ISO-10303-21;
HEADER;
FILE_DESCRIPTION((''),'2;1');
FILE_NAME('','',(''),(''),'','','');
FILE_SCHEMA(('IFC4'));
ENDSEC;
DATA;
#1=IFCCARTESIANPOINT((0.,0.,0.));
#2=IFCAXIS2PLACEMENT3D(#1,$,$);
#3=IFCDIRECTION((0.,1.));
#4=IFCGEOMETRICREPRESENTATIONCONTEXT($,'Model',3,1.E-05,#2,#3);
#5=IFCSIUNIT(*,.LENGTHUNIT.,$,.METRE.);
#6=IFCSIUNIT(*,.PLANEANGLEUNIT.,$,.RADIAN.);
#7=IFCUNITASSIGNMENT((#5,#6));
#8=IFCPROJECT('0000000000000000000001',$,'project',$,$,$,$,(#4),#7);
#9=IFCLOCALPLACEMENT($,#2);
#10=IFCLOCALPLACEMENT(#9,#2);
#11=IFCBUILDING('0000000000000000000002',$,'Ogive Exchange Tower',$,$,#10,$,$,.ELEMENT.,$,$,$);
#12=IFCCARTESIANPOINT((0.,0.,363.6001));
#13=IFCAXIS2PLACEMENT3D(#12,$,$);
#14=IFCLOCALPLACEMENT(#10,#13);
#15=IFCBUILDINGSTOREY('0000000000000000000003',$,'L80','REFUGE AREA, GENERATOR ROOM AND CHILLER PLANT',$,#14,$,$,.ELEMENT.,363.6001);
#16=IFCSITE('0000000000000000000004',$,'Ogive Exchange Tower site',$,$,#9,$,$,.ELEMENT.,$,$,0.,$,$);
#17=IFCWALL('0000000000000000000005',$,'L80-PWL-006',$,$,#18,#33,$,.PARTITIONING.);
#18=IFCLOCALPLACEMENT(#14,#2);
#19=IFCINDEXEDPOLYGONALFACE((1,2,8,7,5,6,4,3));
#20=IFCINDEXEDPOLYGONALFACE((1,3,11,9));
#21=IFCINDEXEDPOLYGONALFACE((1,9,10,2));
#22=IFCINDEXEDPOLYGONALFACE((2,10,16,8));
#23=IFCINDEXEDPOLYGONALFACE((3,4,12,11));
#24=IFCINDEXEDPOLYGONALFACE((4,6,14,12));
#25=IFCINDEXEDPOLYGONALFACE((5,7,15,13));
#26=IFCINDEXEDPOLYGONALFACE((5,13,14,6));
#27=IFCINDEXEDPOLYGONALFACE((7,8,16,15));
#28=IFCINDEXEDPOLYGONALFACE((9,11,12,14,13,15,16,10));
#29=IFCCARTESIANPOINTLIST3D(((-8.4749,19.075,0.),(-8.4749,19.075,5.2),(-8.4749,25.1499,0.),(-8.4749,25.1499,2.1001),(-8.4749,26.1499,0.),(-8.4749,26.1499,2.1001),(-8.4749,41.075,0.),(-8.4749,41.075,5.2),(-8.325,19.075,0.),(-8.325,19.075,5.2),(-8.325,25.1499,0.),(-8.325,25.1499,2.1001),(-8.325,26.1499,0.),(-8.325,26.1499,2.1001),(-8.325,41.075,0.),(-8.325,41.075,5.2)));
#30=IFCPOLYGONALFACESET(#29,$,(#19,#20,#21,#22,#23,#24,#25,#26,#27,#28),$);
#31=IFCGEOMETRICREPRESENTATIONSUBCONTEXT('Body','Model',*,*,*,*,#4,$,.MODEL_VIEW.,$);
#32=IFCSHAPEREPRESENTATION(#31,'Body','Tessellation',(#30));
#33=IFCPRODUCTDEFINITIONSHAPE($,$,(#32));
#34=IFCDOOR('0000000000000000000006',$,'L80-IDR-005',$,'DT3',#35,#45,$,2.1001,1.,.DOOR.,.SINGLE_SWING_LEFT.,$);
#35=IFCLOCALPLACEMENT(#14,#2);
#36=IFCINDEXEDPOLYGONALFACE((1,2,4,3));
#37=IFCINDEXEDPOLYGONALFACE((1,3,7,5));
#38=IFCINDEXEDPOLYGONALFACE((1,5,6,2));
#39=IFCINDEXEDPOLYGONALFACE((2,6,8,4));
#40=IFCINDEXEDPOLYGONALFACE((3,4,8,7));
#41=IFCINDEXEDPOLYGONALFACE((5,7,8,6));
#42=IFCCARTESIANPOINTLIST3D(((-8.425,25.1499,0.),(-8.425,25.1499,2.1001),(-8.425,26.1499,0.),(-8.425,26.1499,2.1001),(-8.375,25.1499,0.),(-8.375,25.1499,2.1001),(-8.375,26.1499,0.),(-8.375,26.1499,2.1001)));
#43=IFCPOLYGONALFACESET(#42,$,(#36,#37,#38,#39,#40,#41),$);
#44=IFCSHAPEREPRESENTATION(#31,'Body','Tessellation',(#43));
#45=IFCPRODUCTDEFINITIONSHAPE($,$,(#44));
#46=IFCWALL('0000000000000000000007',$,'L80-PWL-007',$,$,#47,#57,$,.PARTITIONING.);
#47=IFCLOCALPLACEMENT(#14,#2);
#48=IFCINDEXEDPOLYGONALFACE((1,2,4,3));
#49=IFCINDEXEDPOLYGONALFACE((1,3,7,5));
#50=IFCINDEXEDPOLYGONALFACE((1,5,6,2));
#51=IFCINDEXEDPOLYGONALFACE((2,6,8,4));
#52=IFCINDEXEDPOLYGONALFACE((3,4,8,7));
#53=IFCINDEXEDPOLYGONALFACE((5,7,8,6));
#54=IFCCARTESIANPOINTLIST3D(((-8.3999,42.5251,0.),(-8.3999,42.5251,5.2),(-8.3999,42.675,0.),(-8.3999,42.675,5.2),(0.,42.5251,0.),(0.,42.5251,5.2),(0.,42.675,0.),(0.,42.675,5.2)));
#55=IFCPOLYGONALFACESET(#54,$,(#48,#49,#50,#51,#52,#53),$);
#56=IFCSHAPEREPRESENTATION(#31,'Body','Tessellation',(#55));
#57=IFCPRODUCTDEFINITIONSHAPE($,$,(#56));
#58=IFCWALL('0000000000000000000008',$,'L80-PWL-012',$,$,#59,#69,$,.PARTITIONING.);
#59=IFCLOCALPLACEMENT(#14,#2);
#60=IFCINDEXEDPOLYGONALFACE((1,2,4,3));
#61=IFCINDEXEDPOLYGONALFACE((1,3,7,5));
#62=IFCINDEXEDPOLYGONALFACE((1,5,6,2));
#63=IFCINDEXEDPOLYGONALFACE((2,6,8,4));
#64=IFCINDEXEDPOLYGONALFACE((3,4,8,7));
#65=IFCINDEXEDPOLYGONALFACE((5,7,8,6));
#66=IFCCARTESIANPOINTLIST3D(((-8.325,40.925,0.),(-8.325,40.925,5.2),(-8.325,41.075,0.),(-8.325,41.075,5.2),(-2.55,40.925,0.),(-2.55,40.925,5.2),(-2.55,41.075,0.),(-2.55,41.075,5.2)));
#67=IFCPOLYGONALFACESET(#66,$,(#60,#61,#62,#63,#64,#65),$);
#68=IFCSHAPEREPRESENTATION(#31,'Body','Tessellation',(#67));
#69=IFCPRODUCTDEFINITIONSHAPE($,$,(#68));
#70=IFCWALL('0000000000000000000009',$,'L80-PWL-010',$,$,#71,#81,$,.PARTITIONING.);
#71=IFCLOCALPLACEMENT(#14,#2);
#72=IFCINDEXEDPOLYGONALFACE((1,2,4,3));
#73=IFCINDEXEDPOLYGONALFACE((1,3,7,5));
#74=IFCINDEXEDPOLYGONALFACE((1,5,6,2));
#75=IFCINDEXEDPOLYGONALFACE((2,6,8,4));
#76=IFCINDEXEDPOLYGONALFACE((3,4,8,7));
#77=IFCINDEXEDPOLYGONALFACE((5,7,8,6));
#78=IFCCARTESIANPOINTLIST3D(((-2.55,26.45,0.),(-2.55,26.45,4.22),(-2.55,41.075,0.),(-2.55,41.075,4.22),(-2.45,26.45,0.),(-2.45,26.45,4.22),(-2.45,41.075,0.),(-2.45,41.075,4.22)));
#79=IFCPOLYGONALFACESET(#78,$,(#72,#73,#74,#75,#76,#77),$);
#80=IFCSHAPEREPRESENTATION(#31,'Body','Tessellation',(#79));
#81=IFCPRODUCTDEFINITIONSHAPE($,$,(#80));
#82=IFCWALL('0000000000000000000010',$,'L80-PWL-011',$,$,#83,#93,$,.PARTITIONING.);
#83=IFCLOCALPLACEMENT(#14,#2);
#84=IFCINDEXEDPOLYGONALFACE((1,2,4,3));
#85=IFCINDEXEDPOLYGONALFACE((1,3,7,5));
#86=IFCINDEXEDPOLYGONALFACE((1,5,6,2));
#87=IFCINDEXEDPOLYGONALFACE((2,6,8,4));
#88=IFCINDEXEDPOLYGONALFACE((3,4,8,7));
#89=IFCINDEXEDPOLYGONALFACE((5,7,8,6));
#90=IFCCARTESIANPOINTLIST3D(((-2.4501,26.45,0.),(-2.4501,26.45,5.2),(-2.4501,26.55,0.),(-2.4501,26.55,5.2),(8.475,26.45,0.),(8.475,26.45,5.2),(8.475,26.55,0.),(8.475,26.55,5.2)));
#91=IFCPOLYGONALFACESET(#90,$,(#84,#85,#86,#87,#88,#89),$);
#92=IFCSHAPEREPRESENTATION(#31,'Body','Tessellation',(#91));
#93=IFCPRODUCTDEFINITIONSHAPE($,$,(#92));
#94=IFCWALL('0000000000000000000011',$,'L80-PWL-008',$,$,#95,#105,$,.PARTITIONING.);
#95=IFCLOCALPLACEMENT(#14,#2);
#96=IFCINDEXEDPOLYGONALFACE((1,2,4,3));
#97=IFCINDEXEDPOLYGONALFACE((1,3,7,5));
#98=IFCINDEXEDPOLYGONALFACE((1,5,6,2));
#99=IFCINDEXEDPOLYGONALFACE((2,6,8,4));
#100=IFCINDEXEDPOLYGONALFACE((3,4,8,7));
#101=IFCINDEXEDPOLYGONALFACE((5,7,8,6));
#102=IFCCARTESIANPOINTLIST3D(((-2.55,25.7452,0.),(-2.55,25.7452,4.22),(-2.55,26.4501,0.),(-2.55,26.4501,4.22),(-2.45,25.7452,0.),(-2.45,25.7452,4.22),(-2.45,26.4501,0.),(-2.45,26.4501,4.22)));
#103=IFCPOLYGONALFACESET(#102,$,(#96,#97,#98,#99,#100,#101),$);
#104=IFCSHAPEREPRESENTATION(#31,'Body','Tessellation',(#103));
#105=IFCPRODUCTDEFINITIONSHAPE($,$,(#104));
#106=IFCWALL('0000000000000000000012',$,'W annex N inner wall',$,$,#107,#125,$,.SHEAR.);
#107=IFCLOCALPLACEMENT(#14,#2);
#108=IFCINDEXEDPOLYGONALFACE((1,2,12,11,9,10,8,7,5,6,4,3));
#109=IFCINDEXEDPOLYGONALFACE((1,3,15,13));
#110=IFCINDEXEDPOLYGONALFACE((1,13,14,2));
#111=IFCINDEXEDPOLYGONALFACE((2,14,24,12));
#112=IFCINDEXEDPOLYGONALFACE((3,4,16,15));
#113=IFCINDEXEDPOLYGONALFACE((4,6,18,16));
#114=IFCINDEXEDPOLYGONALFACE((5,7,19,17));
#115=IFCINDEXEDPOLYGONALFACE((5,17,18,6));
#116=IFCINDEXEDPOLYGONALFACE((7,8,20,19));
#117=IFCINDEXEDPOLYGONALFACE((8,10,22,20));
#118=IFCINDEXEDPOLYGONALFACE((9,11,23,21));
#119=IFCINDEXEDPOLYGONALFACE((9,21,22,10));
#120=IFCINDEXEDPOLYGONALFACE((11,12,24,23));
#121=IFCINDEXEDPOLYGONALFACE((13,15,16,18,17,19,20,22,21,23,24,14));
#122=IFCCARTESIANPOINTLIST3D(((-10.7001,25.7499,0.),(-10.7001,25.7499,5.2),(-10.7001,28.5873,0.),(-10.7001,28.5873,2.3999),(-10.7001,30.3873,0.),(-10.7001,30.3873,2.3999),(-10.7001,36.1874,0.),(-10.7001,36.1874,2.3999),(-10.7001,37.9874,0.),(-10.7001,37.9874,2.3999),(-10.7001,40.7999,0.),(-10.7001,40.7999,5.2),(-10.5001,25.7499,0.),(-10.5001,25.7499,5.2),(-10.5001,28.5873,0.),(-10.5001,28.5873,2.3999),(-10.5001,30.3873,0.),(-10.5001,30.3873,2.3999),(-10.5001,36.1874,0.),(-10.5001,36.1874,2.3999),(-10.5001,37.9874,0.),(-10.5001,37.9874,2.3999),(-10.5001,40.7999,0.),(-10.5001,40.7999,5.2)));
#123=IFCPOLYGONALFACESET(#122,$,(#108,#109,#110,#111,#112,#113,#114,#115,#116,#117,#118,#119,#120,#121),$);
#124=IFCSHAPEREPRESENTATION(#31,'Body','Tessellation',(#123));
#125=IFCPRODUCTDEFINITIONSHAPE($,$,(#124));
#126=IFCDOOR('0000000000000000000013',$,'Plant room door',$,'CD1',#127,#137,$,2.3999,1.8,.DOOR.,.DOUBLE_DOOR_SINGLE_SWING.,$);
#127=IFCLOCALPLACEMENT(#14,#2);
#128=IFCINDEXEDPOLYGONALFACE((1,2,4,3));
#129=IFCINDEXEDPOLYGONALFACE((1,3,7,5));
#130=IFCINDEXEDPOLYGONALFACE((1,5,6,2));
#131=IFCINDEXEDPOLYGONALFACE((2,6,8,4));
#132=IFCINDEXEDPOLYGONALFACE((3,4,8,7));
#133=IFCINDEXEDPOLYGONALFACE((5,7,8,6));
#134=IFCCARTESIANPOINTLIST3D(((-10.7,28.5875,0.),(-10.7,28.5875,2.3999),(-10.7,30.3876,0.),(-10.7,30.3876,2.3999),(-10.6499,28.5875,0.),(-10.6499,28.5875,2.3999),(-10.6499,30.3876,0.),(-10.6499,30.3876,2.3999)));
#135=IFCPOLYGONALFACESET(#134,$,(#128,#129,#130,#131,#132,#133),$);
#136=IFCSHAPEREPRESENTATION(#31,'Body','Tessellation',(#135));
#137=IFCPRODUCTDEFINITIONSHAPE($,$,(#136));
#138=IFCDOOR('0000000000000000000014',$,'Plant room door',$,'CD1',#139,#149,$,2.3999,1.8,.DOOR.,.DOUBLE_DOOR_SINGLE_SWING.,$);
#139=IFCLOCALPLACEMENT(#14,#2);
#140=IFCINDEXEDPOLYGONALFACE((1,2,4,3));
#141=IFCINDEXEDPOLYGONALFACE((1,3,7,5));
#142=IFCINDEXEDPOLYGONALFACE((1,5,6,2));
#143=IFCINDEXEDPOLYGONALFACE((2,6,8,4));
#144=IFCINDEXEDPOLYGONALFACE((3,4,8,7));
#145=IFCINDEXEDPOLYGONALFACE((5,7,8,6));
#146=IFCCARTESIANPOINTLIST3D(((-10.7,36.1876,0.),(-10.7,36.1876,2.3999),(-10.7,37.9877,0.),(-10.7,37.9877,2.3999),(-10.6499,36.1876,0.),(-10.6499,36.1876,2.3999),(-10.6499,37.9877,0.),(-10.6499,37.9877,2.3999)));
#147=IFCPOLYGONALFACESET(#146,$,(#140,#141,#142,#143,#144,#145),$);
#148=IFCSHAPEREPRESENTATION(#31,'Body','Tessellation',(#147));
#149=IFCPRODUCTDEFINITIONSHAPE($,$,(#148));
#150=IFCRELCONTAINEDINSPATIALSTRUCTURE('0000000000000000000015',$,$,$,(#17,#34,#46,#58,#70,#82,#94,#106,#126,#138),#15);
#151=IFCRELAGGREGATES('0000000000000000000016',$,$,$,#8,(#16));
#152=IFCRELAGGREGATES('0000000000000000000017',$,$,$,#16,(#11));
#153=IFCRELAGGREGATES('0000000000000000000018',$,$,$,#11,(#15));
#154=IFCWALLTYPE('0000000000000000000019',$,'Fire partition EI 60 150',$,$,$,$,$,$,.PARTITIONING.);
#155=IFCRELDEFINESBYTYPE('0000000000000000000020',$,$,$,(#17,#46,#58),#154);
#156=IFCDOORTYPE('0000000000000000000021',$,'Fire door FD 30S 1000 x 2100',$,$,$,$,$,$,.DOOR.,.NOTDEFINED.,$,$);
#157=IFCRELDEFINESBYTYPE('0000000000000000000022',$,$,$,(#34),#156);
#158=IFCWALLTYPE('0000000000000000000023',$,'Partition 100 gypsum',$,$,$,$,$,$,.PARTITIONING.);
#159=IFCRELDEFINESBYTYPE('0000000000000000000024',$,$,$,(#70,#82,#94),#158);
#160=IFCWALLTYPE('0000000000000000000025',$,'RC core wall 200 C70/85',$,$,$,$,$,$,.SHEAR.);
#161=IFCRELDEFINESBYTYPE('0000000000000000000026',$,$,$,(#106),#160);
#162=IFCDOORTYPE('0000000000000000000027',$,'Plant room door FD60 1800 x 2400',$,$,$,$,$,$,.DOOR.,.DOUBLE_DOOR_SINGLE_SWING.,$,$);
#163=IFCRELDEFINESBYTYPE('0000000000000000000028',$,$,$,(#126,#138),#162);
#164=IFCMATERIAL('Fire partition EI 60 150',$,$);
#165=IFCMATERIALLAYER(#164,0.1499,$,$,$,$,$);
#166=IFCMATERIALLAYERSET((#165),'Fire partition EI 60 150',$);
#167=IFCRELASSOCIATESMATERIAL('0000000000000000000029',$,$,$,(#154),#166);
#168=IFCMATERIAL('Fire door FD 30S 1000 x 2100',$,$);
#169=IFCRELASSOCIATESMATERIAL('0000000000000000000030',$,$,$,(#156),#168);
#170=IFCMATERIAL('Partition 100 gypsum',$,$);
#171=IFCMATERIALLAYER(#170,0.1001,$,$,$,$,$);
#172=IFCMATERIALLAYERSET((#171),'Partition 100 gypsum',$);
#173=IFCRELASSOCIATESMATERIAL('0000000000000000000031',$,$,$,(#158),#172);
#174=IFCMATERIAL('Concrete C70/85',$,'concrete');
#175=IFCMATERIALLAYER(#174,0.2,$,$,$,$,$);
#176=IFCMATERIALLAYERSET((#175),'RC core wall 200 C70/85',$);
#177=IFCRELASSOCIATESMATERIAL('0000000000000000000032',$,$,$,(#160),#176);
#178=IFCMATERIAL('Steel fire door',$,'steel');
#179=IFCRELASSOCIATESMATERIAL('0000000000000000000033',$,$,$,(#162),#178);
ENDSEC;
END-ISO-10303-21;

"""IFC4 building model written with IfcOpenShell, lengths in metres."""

from ifc_helpers import new_model, si_unit, direction, frame, frame_2d, origin, place, context, subcontext, project, spatial, rectangle, extrude, material, layer, layer_set, type_object, element, fill, save


model = new_model("IFC4")

# Units and contexts
model_context = context("Model", 3, precision=1e-05, world=origin(), true_north=direction((0.0, 1.0)))
body_context = subcontext(model_context, "Body", "Model", "MODEL_VIEW")
ifc_project = project(units=[si_unit("LENGTHUNIT", "METRE"), si_unit("PLANEANGLEUNIT", "RADIAN")], contexts=[model_context])

# Site, building, storey
site_placement = place(None, origin())
site = spatial("IfcSite", under=ifc_project, at=site_placement, Name="Ogive Exchange Tower site", CompositionType="ELEMENT", RefElevation=0.0)
building_placement = place(site_placement, origin())
building = spatial("IfcBuilding", under=site, at=building_placement, Name="Ogive Exchange Tower", CompositionType="ELEMENT")
storey_placement = place(building_placement, frame((0.0, 0.0, 363.6001)))
storey = spatial("IfcBuildingStorey", under=building, at=storey_placement, Name="L80", Description="REFUGE AREA, GENERATOR ROOM AND CHILLER PLANT", CompositionType="ELEMENT", Elevation=363.6001)

# Shared definitions
ifc_material_1 = material(Name="Fire partition EI 60 150")
ifc_layer_1 = layer(ifc_material_1, 0.1499)
ifc_layer_set_1 = layer_set([ifc_layer_1], Name="Fire partition EI 60 150")
wall_type_1 = type_object("IfcWallType", Name="Fire partition EI 60 150", PredefinedType="PARTITIONING", material=ifc_layer_set_1)

# Wall, opening, door
wall_1_placement = place(storey_placement, frame((-8.3999, 41.075, 0.0), z_axis=(0.0, 0.0, 1.0), x_axis=(0.0, -1.0, 0.0)))
wall_1 = element("IfcWall", 1, at=wall_1_placement, inside=storey, type_object=wall_type_1, Name="L80-PWL-006", PredefinedType="PARTITIONING", context=body_context, shape_type="SweptSolid", body=[
    extrude(rectangle(XDim=22.0, YDim=0.1499, at=frame_2d((11.0, 0.0))), origin(), (0.0, 0.0, 1.0), 5.2),
])
opening_1_placement = place(wall_1_placement, frame((14.925, 0.0, 0.0)))
opening_1 = element("IfcOpeningElement", 2, at=opening_1_placement, cuts=wall_1, PredefinedType="OPENING", context=body_context, shape_type="SweptSolid", body=[
    extrude(rectangle(XDim=1.0, YDim=2.1001, at=frame_2d((0.5, 1.05))), frame((0.0, 0.085, 0.0), z_axis=(0.0, -1.0, 0.0), x_axis=(1.0, 0.0, 0.0)), (0.0, 0.0, 1.0), 0.1699),
])
ifc_material_2 = material(Name="Fire door FD 30S 1000 x 2100")
door_type_1 = type_object("IfcDoorType", Name="Fire door FD 30S 1000 x 2100", OperationType="NOTDEFINED", PredefinedType="DOOR", material=ifc_material_2)
door_1_placement = place(opening_1_placement, origin())
door_1 = element("IfcDoor", 3, at=door_1_placement, inside=storey, type_object=door_type_1, Name="L80-IDR-005", ObjectType="DT3", OperationType="SINGLE_SWING_LEFT", OverallHeight=2.1001, OverallWidth=1.0, PredefinedType="DOOR", context=body_context, shape_type="SweptSolid", body=[
    extrude(rectangle(XDim=1.0, YDim=2.1001, at=frame_2d((0.5, 1.05))), frame((0.0, 0.0249, 0.0), z_axis=(0.0, -1.0, 0.0), x_axis=(1.0, 0.0, 0.0)), (0.0, 0.0, 1.0), 0.05),
])
fill(opening_1, door_1)

# Walls
wall_2_placement = place(storey_placement, frame((-8.3999, 42.6001, 0.0), z_axis=(0.0, 0.0, 1.0), x_axis=(1.0, 0.0, 0.0)))
element("IfcWall", 4, at=wall_2_placement, inside=storey, type_object=wall_type_1, Name="L80-PWL-007", PredefinedType="PARTITIONING", context=body_context, shape_type="SweptSolid", body=[
    extrude(rectangle(XDim=8.3999, YDim=0.1499, at=frame_2d((4.2, 0.0))), origin(), (0.0, 0.0, 1.0), 5.2),
])
wall_3_placement = place(storey_placement, frame((-2.55, 41.0, 0.0), z_axis=(0.0, 0.0, 1.0), x_axis=(-1.0, 0.0, 0.0)))
element("IfcWall", 5, at=wall_3_placement, inside=storey, type_object=wall_type_1, Name="L80-PWL-012", PredefinedType="PARTITIONING", context=body_context, shape_type="SweptSolid", body=[
    extrude(rectangle(XDim=5.7749, YDim=0.1499, at=frame_2d((2.8875, 0.0))), origin(), (0.0, 0.0, 1.0), 5.2),
])
ifc_material_3 = material(Name="Partition 100 gypsum")
ifc_layer_2 = layer(ifc_material_3, 0.1001)
ifc_layer_set_2 = layer_set([ifc_layer_2], Name="Partition 100 gypsum")
wall_type_2 = type_object("IfcWallType", Name="Partition 100 gypsum", PredefinedType="PARTITIONING", material=ifc_layer_set_2)
wall_4_placement = place(storey_placement, frame((-2.5, 26.45, 0.0), z_axis=(0.0, 0.0, 1.0), x_axis=(0.0, 1.0, 0.0)))
element("IfcWall", 6, at=wall_4_placement, inside=storey, type_object=wall_type_2, Name="L80-PWL-010", PredefinedType="PARTITIONING", context=body_context, shape_type="SweptSolid", body=[
    extrude(rectangle(XDim=14.625, YDim=0.1001, at=frame_2d((7.3125, 0.0))), origin(), (0.0, 0.0, 1.0), 4.22),
])
wall_5_placement = place(storey_placement, frame((-2.45, 26.5, 0.0), z_axis=(0.0, 0.0, 1.0), x_axis=(1.0, 0.0, 0.0)))
element("IfcWall", 7, at=wall_5_placement, inside=storey, type_object=wall_type_2, Name="L80-PWL-011", PredefinedType="PARTITIONING", context=body_context, shape_type="SweptSolid", body=[
    extrude(rectangle(XDim=10.925, YDim=0.1001, at=frame_2d((5.4624, 0.0))), origin(), (0.0, 0.0, 1.0), 5.2),
])
wall_6_placement = place(storey_placement, frame((-2.5, 25.7451, 0.0), z_axis=(0.0, 0.0, 1.0), x_axis=(0.0, 1.0, 0.0)))
element("IfcWall", 8, at=wall_6_placement, inside=storey, type_object=wall_type_2, Name="L80-PWL-008", PredefinedType="PARTITIONING", context=body_context, shape_type="SweptSolid", body=[
    extrude(rectangle(XDim=0.7048, YDim=0.1001, at=frame_2d((0.3525, 0.0))), origin(), (0.0, 0.0, 1.0), 4.22),
])

# Wall, openings, doors
ifc_material_4 = material(Name="Concrete C70/85", Category="concrete")
ifc_layer_3 = layer(ifc_material_4, 0.2)
ifc_layer_set_3 = layer_set([ifc_layer_3], Name="RC core wall 200 C70/85")
wall_type_3 = type_object("IfcWallType", Name="RC core wall 200 C70/85", PredefinedType="SHEAR", material=ifc_layer_set_3)
wall_7_placement = place(storey_placement, frame((-10.6001, 25.75, 0.0), z_axis=(0.0, 0.0, 1.0), x_axis=(0.0, 1.0, 0.0)))
wall_7 = element("IfcWall", 9, at=wall_7_placement, inside=storey, type_object=wall_type_3, Name="W annex N inner wall", PredefinedType="SHEAR", context=body_context, shape_type="SweptSolid", body=[
    extrude(rectangle(XDim=15.05, YDim=0.2, at=frame_2d((7.5249, 0.0))), origin(), (0.0, 0.0, 1.0), 5.2),
])
opening_2_placement = place(wall_7_placement, frame((2.8374, 0.0, 0.0)))
opening_2 = element("IfcOpeningElement", 10, at=opening_2_placement, cuts=wall_7, PredefinedType="OPENING", context=body_context, shape_type="SweptSolid", body=[
    extrude(rectangle(XDim=1.8, YDim=2.3999, at=frame_2d((0.8999, 1.2))), frame((0.0, 0.1099, 0.0), z_axis=(0.0, -1.0, 0.0), x_axis=(1.0, 0.0, 0.0)), (0.0, 0.0, 1.0), 0.22),
])
opening_3_placement = place(wall_7_placement, frame((10.4375, 0.0, 0.0)))
opening_3 = element("IfcOpeningElement", 11, at=opening_3_placement, cuts=wall_7, PredefinedType="OPENING", context=body_context, shape_type="SweptSolid", body=[
    extrude(rectangle(XDim=1.8, YDim=2.3999, at=frame_2d((0.8999, 1.2))), frame((0.0, 0.1099, 0.0), z_axis=(0.0, -1.0, 0.0), x_axis=(1.0, 0.0, 0.0)), (0.0, 0.0, 1.0), 0.22),
])
ifc_material_5 = material(Name="Steel fire door", Category="steel")
door_type_2 = type_object("IfcDoorType", Name="Plant room door FD60 1800 x 2400", OperationType="DOUBLE_DOOR_SINGLE_SWING", PredefinedType="DOOR", material=ifc_material_5)
door_2_placement = place(opening_2_placement, frame((1.8, 0.1499, 0.0), z_axis=(0.0, 0.0, 1.0), x_axis=(-1.0, 0.0, 0.0)))
door_2 = element("IfcDoor", 12, at=door_2_placement, inside=storey, type_object=door_type_2, Name="Plant room door", ObjectType="CD1", OperationType="DOUBLE_DOOR_SINGLE_SWING", OverallHeight=2.3999, OverallWidth=1.8, PredefinedType="DOOR", context=body_context, shape_type="SweptSolid", body=[
    extrude(rectangle(XDim=1.8, YDim=2.3999, at=frame_2d((0.8999, 1.2))), frame((0.0, 0.1001, 0.0), z_axis=(0.0, -1.0, 0.0), x_axis=(1.0, 0.0, 0.0)), (0.0, 0.0, 1.0), 0.05),
])
fill(opening_2, door_2)
door_3_placement = place(opening_3_placement, frame((1.8, 0.1499, 0.0), z_axis=(0.0, 0.0, 1.0), x_axis=(-1.0, 0.0, 0.0)))
door_3 = element("IfcDoor", 13, at=door_3_placement, inside=storey, type_object=door_type_2, Name="Plant room door", ObjectType="CD1", OperationType="DOUBLE_DOOR_SINGLE_SWING", OverallHeight=2.3999, OverallWidth=1.8, PredefinedType="DOOR", context=body_context, shape_type="SweptSolid", body=[
    extrude(rectangle(XDim=1.8, YDim=2.3999, at=frame_2d((0.8999, 1.2))), frame((0.0, 0.1001, 0.0), z_axis=(0.0, -1.0, 0.0), x_axis=(1.0, 0.0, 0.0)), (0.0, 0.0, 1.0), 0.05),
])
fill(opening_3, door_3)

save(model, "model.ifc")
